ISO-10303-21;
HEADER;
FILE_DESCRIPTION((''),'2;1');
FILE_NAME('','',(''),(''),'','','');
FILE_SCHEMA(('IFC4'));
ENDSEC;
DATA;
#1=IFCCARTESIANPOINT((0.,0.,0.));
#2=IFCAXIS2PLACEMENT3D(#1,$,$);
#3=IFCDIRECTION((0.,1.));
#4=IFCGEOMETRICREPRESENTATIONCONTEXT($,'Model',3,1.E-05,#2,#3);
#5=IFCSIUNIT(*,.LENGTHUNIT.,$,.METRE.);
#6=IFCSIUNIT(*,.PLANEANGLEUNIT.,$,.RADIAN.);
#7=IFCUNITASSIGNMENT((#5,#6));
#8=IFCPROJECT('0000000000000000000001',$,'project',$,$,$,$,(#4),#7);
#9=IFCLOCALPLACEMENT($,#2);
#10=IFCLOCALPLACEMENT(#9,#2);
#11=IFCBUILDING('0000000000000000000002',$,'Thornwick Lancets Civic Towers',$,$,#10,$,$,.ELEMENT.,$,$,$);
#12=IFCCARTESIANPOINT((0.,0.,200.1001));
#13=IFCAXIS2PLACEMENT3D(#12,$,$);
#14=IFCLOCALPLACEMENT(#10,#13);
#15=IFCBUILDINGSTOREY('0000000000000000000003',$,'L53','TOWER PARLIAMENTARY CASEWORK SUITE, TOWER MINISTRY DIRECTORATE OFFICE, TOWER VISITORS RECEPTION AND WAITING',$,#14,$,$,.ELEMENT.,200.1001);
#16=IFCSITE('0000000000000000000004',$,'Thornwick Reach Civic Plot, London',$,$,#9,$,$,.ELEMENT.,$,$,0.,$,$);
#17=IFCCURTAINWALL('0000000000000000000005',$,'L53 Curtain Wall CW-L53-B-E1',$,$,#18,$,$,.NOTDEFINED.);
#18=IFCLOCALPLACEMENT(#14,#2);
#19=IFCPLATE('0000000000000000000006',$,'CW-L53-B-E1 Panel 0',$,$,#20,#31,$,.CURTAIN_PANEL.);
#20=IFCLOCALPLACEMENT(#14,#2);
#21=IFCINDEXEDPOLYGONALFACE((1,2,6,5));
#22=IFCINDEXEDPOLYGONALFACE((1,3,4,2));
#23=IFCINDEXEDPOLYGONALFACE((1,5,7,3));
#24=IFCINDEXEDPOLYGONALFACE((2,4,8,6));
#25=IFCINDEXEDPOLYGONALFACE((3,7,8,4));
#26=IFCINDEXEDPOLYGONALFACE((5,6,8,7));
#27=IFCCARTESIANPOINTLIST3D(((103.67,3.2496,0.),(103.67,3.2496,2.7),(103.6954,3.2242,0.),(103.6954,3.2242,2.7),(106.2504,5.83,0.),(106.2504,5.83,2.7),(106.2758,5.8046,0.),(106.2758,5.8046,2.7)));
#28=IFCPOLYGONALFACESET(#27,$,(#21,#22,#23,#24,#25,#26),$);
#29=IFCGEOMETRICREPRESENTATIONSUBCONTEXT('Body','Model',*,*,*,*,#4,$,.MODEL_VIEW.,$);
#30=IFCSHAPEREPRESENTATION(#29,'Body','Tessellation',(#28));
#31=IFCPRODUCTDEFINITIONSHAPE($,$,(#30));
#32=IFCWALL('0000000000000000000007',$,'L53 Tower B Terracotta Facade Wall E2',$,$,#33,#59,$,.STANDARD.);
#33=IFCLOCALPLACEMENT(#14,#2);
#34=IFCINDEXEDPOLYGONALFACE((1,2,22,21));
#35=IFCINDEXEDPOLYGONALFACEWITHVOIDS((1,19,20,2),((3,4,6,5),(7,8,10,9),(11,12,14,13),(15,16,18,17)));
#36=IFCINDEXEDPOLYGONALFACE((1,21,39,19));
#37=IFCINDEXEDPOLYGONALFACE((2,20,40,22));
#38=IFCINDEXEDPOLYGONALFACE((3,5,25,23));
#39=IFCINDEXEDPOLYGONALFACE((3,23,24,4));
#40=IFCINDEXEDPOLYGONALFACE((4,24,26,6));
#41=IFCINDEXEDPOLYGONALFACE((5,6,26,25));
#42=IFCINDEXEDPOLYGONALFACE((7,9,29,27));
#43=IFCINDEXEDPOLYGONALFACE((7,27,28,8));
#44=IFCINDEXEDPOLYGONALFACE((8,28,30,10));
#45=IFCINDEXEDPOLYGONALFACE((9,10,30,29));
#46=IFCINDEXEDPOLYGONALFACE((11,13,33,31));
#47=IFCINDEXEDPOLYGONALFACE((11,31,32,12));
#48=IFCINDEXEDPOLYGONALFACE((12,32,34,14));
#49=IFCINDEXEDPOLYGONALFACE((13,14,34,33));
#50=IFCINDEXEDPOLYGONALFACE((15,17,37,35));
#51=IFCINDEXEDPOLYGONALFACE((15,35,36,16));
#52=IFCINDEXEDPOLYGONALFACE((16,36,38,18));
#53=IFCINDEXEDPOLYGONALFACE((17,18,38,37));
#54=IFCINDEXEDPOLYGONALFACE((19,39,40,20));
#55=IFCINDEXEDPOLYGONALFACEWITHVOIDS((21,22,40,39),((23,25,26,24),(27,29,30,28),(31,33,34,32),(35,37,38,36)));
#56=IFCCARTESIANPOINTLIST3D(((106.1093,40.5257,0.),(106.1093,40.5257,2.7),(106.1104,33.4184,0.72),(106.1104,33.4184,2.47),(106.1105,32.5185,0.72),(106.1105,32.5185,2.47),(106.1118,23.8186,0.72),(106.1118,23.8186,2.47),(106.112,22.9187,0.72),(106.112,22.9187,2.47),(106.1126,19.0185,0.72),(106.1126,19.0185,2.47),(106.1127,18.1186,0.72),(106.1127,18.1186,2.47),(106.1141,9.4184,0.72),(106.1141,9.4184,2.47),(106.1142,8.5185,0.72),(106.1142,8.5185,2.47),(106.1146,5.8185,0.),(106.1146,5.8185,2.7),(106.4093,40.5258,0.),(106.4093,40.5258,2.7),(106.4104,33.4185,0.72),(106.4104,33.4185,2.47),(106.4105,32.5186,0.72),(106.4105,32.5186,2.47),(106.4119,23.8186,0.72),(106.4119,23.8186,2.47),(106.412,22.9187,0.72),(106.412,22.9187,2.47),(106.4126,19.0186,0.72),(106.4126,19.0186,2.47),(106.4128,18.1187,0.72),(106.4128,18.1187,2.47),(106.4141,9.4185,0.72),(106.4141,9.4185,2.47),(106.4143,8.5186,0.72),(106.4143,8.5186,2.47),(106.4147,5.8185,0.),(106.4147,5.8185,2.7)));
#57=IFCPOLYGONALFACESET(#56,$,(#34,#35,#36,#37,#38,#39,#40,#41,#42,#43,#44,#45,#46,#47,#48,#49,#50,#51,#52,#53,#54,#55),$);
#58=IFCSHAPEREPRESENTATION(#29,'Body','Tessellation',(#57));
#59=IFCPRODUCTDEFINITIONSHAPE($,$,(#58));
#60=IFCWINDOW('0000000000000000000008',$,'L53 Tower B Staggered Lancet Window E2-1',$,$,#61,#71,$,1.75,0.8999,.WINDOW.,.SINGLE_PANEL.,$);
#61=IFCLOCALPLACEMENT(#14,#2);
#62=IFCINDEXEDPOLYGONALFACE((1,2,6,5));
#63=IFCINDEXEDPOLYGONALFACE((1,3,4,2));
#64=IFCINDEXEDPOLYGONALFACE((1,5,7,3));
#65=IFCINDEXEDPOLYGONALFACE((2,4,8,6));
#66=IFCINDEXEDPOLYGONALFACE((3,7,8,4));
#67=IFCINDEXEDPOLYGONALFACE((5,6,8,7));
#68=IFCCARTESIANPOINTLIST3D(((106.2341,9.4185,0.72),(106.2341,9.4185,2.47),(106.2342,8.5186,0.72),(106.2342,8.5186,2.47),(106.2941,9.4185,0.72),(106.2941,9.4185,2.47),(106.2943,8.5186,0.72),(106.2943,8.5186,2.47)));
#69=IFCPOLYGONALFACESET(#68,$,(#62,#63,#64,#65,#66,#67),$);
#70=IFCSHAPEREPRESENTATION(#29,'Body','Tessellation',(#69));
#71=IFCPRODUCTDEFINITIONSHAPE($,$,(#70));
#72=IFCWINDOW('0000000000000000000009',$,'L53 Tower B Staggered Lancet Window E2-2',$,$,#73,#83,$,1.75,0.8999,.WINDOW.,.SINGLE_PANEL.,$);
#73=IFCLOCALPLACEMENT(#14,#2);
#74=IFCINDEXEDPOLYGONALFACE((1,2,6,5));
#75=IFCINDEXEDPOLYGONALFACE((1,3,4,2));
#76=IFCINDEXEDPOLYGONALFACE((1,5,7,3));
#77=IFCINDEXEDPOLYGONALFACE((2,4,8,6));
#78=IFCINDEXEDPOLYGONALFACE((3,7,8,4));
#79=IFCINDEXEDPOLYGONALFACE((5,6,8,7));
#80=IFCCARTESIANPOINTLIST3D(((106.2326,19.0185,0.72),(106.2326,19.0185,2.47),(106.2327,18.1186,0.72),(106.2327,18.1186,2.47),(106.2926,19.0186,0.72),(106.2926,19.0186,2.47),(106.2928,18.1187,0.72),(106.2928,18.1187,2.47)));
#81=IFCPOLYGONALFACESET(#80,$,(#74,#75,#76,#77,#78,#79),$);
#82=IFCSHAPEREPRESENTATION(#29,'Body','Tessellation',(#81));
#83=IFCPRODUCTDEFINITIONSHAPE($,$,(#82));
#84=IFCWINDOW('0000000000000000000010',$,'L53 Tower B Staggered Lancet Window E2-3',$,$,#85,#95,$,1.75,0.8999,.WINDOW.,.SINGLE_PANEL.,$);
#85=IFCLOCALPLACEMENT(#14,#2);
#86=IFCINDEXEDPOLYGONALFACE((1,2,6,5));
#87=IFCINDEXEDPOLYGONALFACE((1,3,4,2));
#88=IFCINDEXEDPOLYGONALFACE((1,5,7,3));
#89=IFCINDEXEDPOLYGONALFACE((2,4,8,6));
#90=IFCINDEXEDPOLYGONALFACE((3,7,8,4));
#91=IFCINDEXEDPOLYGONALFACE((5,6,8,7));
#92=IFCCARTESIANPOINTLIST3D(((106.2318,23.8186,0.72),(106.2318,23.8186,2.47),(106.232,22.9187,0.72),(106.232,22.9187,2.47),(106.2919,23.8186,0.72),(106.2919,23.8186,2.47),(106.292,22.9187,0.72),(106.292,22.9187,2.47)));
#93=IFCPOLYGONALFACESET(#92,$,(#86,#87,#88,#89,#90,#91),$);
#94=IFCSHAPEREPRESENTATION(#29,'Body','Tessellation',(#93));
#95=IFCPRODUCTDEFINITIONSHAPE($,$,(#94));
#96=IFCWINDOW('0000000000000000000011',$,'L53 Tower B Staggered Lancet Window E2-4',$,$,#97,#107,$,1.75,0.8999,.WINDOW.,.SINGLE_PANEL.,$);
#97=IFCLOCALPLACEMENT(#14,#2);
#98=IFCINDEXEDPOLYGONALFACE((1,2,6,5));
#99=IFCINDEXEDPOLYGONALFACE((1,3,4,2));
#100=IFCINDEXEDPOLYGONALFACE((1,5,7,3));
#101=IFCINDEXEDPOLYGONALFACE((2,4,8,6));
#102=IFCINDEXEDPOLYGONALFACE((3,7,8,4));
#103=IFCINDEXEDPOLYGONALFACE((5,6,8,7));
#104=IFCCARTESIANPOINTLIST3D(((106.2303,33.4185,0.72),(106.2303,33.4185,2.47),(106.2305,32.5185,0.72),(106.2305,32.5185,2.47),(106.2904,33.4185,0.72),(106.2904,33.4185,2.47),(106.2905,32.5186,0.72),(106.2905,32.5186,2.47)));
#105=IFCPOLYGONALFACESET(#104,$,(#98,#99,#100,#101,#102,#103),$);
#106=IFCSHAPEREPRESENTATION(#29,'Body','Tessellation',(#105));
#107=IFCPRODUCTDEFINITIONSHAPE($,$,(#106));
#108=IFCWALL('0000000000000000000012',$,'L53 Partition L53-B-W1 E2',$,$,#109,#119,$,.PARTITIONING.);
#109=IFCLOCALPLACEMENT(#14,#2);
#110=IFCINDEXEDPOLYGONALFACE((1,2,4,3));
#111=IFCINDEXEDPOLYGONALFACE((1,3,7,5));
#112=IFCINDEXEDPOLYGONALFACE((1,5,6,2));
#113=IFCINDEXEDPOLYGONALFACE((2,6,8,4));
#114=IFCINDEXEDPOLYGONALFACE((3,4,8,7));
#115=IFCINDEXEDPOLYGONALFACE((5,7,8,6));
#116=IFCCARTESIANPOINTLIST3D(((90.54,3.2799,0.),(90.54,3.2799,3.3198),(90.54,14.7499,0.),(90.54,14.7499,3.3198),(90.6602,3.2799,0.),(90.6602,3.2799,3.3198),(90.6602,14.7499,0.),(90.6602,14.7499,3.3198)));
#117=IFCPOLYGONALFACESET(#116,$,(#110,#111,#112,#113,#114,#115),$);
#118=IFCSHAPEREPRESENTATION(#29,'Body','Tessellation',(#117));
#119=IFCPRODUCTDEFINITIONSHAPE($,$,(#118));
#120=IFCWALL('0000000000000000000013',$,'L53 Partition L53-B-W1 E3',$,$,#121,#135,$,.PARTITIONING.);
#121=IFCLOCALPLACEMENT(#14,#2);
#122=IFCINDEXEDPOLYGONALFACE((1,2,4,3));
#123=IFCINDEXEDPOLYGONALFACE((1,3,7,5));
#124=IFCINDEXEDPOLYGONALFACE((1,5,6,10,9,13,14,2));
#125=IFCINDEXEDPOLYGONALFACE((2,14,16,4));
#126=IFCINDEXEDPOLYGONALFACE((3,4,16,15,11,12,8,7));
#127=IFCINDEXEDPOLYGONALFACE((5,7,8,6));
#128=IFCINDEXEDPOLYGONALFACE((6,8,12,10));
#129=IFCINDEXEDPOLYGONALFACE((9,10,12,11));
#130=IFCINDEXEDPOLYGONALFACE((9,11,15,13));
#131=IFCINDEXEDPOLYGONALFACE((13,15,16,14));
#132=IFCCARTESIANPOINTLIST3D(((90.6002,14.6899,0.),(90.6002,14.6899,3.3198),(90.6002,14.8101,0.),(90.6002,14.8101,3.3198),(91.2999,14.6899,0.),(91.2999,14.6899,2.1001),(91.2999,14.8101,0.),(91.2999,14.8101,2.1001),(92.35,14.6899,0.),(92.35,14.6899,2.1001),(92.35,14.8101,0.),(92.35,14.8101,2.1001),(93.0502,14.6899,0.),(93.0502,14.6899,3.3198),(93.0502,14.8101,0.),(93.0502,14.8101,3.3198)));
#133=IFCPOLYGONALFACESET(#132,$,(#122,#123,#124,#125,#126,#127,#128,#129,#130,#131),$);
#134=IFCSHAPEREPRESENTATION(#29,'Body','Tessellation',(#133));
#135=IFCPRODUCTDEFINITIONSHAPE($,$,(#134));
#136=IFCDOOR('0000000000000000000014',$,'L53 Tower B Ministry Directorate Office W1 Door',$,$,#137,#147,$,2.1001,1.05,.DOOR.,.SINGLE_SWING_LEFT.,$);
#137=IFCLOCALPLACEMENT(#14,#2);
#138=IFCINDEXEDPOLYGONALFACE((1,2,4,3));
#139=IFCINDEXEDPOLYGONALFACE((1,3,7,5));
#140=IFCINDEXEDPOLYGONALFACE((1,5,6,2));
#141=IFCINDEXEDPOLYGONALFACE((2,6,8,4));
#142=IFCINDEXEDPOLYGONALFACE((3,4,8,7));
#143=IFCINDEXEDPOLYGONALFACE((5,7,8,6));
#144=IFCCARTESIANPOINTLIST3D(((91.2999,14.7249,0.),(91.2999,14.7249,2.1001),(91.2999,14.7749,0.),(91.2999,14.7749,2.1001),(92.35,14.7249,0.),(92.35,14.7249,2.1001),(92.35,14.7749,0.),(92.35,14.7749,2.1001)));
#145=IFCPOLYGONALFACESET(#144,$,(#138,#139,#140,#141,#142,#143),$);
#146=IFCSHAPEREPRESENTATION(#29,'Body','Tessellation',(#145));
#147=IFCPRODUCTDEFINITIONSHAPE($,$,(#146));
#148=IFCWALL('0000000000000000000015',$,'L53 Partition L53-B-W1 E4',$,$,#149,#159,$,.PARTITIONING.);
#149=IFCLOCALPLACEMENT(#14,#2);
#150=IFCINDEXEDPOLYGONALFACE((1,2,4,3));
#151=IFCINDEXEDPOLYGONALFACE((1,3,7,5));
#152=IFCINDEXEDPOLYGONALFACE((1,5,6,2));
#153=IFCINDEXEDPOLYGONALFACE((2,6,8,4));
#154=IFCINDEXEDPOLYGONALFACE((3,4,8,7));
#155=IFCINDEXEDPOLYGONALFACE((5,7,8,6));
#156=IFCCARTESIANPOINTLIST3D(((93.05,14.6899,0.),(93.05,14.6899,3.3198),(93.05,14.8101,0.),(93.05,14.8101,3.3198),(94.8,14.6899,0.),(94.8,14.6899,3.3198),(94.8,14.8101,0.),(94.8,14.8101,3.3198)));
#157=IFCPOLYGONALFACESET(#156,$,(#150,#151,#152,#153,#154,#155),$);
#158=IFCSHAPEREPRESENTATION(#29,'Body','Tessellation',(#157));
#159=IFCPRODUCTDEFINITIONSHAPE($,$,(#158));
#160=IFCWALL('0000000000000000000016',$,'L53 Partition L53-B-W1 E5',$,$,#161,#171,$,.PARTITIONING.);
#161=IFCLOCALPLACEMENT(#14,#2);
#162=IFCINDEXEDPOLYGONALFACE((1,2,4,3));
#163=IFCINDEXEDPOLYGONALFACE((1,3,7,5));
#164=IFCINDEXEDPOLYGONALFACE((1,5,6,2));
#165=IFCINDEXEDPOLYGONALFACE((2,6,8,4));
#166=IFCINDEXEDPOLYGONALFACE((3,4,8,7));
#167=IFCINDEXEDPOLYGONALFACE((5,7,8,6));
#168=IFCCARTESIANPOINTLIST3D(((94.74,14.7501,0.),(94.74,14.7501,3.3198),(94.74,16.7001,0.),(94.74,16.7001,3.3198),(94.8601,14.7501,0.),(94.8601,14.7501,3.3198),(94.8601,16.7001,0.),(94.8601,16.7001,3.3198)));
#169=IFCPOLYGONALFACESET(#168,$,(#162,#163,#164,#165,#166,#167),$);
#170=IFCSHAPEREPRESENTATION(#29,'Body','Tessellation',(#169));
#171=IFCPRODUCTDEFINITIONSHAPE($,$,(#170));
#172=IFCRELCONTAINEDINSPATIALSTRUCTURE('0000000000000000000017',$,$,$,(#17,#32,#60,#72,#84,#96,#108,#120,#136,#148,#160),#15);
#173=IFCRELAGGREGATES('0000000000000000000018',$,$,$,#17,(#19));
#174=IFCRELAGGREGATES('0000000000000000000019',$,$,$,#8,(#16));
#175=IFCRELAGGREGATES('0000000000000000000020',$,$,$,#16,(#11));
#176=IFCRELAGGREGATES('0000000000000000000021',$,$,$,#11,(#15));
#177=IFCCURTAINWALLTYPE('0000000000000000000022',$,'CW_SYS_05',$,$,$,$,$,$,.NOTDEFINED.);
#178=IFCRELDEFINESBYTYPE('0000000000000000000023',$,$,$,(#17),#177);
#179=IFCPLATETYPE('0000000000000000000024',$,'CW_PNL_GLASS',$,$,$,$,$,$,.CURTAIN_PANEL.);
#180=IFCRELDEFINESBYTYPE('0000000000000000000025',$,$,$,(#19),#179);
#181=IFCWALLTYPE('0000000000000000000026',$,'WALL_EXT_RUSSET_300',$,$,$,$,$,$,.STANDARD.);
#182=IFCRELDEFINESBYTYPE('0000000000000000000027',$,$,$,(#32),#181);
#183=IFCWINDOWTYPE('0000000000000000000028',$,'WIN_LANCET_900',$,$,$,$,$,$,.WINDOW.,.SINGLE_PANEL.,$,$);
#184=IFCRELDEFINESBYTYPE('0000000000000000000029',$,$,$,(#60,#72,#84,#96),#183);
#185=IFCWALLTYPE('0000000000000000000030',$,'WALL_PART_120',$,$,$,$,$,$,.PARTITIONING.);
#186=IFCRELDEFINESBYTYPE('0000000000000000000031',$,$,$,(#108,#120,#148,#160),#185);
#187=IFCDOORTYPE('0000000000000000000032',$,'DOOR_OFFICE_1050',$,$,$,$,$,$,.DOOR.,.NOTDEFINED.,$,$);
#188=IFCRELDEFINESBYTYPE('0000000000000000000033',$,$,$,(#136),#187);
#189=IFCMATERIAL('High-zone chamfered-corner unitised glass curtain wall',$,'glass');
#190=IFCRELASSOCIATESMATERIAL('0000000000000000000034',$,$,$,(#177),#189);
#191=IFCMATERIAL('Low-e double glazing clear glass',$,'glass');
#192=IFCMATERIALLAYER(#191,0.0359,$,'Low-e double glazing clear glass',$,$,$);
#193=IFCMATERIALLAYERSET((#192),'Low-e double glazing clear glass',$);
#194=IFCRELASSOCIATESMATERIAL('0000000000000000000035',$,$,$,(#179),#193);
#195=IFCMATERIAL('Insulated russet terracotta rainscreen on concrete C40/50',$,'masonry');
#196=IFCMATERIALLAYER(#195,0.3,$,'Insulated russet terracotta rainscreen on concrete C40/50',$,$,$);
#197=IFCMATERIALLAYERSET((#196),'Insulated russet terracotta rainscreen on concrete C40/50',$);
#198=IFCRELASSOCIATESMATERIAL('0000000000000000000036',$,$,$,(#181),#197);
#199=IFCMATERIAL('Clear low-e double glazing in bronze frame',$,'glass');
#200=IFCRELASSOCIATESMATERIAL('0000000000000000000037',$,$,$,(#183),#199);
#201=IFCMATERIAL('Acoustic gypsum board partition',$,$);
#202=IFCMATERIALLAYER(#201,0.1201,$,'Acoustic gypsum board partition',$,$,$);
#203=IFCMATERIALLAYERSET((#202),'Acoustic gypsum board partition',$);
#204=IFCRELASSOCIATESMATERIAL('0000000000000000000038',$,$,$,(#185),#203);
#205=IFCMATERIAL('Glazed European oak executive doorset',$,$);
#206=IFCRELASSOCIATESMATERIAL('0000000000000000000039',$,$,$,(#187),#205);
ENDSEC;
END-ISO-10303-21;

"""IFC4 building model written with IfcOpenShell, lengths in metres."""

from ifc_helpers import new_model, si_unit, direction, frame, frame_2d, origin, origin_2d, place, context, subcontext, project, spatial, rectangle, extrude, material, layer, layer_set, type_object, element, fill, aggregate, save


model = new_model("IFC4")

# Units and contexts
model_context = context("Model", 3, precision=1e-05, world=origin(), true_north=direction((0.0, 1.0)))
body_context = subcontext(model_context, "Body", "Model", "MODEL_VIEW")
ifc_project = project(units=[si_unit("LENGTHUNIT", "METRE"), si_unit("PLANEANGLEUNIT", "RADIAN")], contexts=[model_context])

# Site, building, storey
site_placement = place(None, origin())
site = spatial("IfcSite", under=ifc_project, at=site_placement, Name="Thornwick Reach Civic Plot, London", CompositionType="ELEMENT", RefElevation=0.0)
building_placement = place(site_placement, origin())
building = spatial("IfcBuilding", under=site, at=building_placement, Name="Thornwick Lancets Civic Towers", CompositionType="ELEMENT")
storey_placement = place(building_placement, frame((0.0, 0.0, 200.1001)))
storey = spatial("IfcBuildingStorey", under=building, at=storey_placement, Name="L53", Description="TOWER PARLIAMENTARY CASEWORK SUITE, TOWER MINISTRY DIRECTORATE OFFICE, TOWER VISITORS RECEPTION AND WAITING", CompositionType="ELEMENT", Elevation=200.1001)

# Curtain wall, plate
ifc_material_1 = material(Name="High-zone chamfered-corner unitised glass curtain wall", Category="glass")
curtain_wall_type = type_object("IfcCurtainWallType", Name="CW_SYS_05", PredefinedType="NOTDEFINED", material=ifc_material_1)
curtain_wall_placement = place(storey_placement, origin())
curtain_wall = element("IfcCurtainWall", 1, at=curtain_wall_placement, inside=storey, type_object=curtain_wall_type, Name="L53 Curtain Wall CW-L53-B-E1", PredefinedType="NOTDEFINED")
ifc_material_2 = material(Name="Low-e double glazing clear glass", Category="glass")
ifc_layer_1 = layer(ifc_material_2, 0.0359, Name="Low-e double glazing clear glass")
ifc_layer_set_1 = layer_set([ifc_layer_1], Name="Low-e double glazing clear glass")
plate_type = type_object("IfcPlateType", Name="CW_PNL_GLASS", PredefinedType="CURTAIN_PANEL", material=ifc_layer_set_1)
plate_placement = place(storey_placement, frame((104.9729, 4.5271, 0.0), z_axis=(0.0, 0.0, 1.0), x_axis=(0.707107, 0.707107, 0.0)))
plate = element("IfcPlate", 2, at=plate_placement, type_object=plate_type, Name="CW-L53-B-E1 Panel 0", PredefinedType="CURTAIN_PANEL", context=body_context, shape_type="SweptSolid", body=[
    extrude(rectangle(XDim=3.6492, YDim=0.0359, at=origin_2d()), origin(), (0.0, 0.0, 1.0), 2.7),
])
aggregate(curtain_wall, [plate])

# Wall, openings, windows
ifc_material_3 = material(Name="Insulated russet terracotta rainscreen on concrete C40/50", Category="masonry")
ifc_layer_2 = layer(ifc_material_3, 0.3, Name="Insulated russet terracotta rainscreen on concrete C40/50")
ifc_layer_set_2 = layer_set([ifc_layer_2], Name="Insulated russet terracotta rainscreen on concrete C40/50")
wall_type_1 = type_object("IfcWallType", Name="WALL_EXT_RUSSET_300", PredefinedType="STANDARD", material=ifc_layer_set_2)
wall_1_placement = place(storey_placement, frame((106.2646, 5.8186, 0.0), z_axis=(0.0, 0.0, 1.0), x_axis=(-0.000155, 1.0, 0.0)))
wall_1 = element("IfcWall", 3, at=wall_1_placement, inside=storey, type_object=wall_type_1, Name="L53 Tower B Terracotta Facade Wall E2", PredefinedType="STANDARD", context=body_context, shape_type="SweptSolid", body=[
    extrude(rectangle(XDim=34.7073, YDim=0.3, at=frame_2d((17.3535, 0.0))), origin(), (0.0, 0.0, 1.0), 2.7),
])
opening_1_placement = place(wall_1_placement, frame((2.7, 0.0, 0.72)))
opening_1 = element("IfcOpeningElement", 4, at=opening_1_placement, cuts=wall_1, PredefinedType="OPENING", context=body_context, shape_type="SweptSolid", body=[
    extrude(rectangle(XDim=0.8999, YDim=1.75, at=frame_2d((0.45, 0.875))), frame((0.0, 0.1602, 0.0), z_axis=(0.0, -1.0, 0.0), x_axis=(1.0, 0.0, 0.0)), (0.0, 0.0, 1.0), 0.3201),
])
opening_2_placement = place(wall_1_placement, frame((12.3, 0.0, 0.72)))
opening_2 = element("IfcOpeningElement", 5, at=opening_2_placement, cuts=wall_1, PredefinedType="OPENING", context=body_context, shape_type="SweptSolid", body=[
    extrude(rectangle(XDim=0.8999, YDim=1.75, at=frame_2d((0.45, 0.875))), frame((0.0, 0.1602, 0.0), z_axis=(0.0, -1.0, 0.0), x_axis=(1.0, 0.0, 0.0)), (0.0, 0.0, 1.0), 0.3201),
])
opening_3_placement = place(wall_1_placement, frame((17.1001, 0.0, 0.72)))
opening_3 = element("IfcOpeningElement", 6, at=opening_3_placement, cuts=wall_1, PredefinedType="OPENING", context=body_context, shape_type="SweptSolid", body=[
    extrude(rectangle(XDim=0.8999, YDim=1.75, at=frame_2d((0.45, 0.875))), frame((0.0, 0.1602, 0.0), z_axis=(0.0, -1.0, 0.0), x_axis=(1.0, 0.0, 0.0)), (0.0, 0.0, 1.0), 0.3201),
])
opening_4_placement = place(wall_1_placement, frame((26.7, 0.0, 0.72)))
opening_4 = element("IfcOpeningElement", 7, at=opening_4_placement, cuts=wall_1, PredefinedType="OPENING", context=body_context, shape_type="SweptSolid", body=[
    extrude(rectangle(XDim=0.8999, YDim=1.75, at=frame_2d((0.45, 0.875))), frame((0.0, 0.1602, 0.0), z_axis=(0.0, -1.0, 0.0), x_axis=(1.0, 0.0, 0.0)), (0.0, 0.0, 1.0), 0.3201),
])
ifc_material_4 = material(Name="Clear low-e double glazing in bronze frame", Category="glass")
window_type = type_object("IfcWindowType", Name="WIN_LANCET_900", PartitioningType="SINGLE_PANEL", PredefinedType="WINDOW", material=ifc_material_4)
window_1_placement = place(opening_1_placement, origin())
window_1 = element("IfcWindow", 8, at=window_1_placement, inside=storey, type_object=window_type, Name="L53 Tower B Staggered Lancet Window E2-1", OverallHeight=1.75, OverallWidth=0.8999, PartitioningType="SINGLE_PANEL", PredefinedType="WINDOW", context=body_context, shape_type="SweptSolid", body=[
    extrude(rectangle(XDim=0.8999, YDim=1.75, at=frame_2d((0.45, 0.875))), frame((0.0, 0.03, 0.0), z_axis=(0.0, -1.0, 0.0), x_axis=(1.0, 0.0, 0.0)), (0.0, 0.0, 1.0), 0.0601),
])
fill(opening_1, window_1)
window_2_placement = place(opening_2_placement, origin())
window_2 = element("IfcWindow", 9, at=window_2_placement, inside=storey, type_object=window_type, Name="L53 Tower B Staggered Lancet Window E2-2", OverallHeight=1.75, OverallWidth=0.8999, PartitioningType="SINGLE_PANEL", PredefinedType="WINDOW", context=body_context, shape_type="SweptSolid", body=[
    extrude(rectangle(XDim=0.8999, YDim=1.75, at=frame_2d((0.45, 0.875))), frame((0.0, 0.03, 0.0), z_axis=(0.0, -1.0, 0.0), x_axis=(1.0, 0.0, 0.0)), (0.0, 0.0, 1.0), 0.0601),
])
fill(opening_2, window_2)
window_3_placement = place(opening_3_placement, origin())
window_3 = element("IfcWindow", 10, at=window_3_placement, inside=storey, type_object=window_type, Name="L53 Tower B Staggered Lancet Window E2-3", OverallHeight=1.75, OverallWidth=0.8999, PartitioningType="SINGLE_PANEL", PredefinedType="WINDOW", context=body_context, shape_type="SweptSolid", body=[
    extrude(rectangle(XDim=0.8999, YDim=1.75, at=frame_2d((0.45, 0.875))), frame((0.0, 0.03, 0.0), z_axis=(0.0, -1.0, 0.0), x_axis=(1.0, 0.0, 0.0)), (0.0, 0.0, 1.0), 0.0601),
])
fill(opening_3, window_3)
window_4_placement = place(opening_4_placement, origin())
window_4 = element("IfcWindow", 11, at=window_4_placement, inside=storey, type_object=window_type, Name="L53 Tower B Staggered Lancet Window E2-4", OverallHeight=1.75, OverallWidth=0.8999, PartitioningType="SINGLE_PANEL", PredefinedType="WINDOW", context=body_context, shape_type="SweptSolid", body=[
    extrude(rectangle(XDim=0.8999, YDim=1.75, at=frame_2d((0.45, 0.875))), frame((0.0, 0.03, 0.0), z_axis=(0.0, -1.0, 0.0), x_axis=(1.0, 0.0, 0.0)), (0.0, 0.0, 1.0), 0.0601),
])
fill(opening_4, window_4)

# Wall
ifc_material_5 = material(Name="Acoustic gypsum board partition")
ifc_layer_3 = layer(ifc_material_5, 0.1201, Name="Acoustic gypsum board partition")
ifc_layer_set_3 = layer_set([ifc_layer_3], Name="Acoustic gypsum board partition")
wall_type_2 = type_object("IfcWallType", Name="WALL_PART_120", PredefinedType="PARTITIONING", material=ifc_layer_set_3)
wall_2_placement = place(storey_placement, frame((90.6001, 3.28, 0.0), z_axis=(0.0, 0.0, 1.0), x_axis=(0.0, 1.0, 0.0)))
element("IfcWall", 12, at=wall_2_placement, inside=storey, type_object=wall_type_2, Name="L53 Partition L53-B-W1 E2", PredefinedType="PARTITIONING", context=body_context, shape_type="SweptSolid", body=[
    extrude(rectangle(XDim=11.47, YDim=0.1201, at=frame_2d((5.7349, 0.0))), origin(), (0.0, 0.0, 1.0), 3.3198),
])

# Wall, opening, door
wall_3_placement = place(storey_placement, frame((90.6001, 14.75, 0.0), z_axis=(0.0, 0.0, 1.0), x_axis=(1.0, 0.0, 0.0)))
wall_3 = element("IfcWall", 13, at=wall_3_placement, inside=storey, type_object=wall_type_2, Name="L53 Partition L53-B-W1 E3", PredefinedType="PARTITIONING", context=body_context, shape_type="SweptSolid", body=[
    extrude(rectangle(XDim=2.45, YDim=0.1201, at=frame_2d((1.2251, 0.0))), origin(), (0.0, 0.0, 1.0), 3.3198),
])
opening_5_placement = place(wall_3_placement, frame((0.7, 0.0, 0.0)))
opening_5 = element("IfcOpeningElement", 14, at=opening_5_placement, cuts=wall_3, PredefinedType="OPENING", context=body_context, shape_type="SweptSolid", body=[
    extrude(rectangle(XDim=1.05, YDim=2.1001, at=frame_2d((0.5249, 1.05))), frame((0.0, 0.0701, 0.0), z_axis=(0.0, -1.0, 0.0), x_axis=(1.0, 0.0, 0.0)), (0.0, 0.0, 1.0), 0.1401),
])
ifc_material_6 = material(Name="Glazed European oak executive doorset")
door_type_1 = type_object("IfcDoorType", Name="DOOR_OFFICE_1050", OperationType="NOTDEFINED", PredefinedType="DOOR", material=ifc_material_6)
door_1_placement = place(opening_5_placement, origin())
door_1 = element("IfcDoor", 15, at=door_1_placement, inside=storey, type_object=door_type_1, Name="L53 Tower B Ministry Directorate Office W1 Door", OperationType="SINGLE_SWING_LEFT", OverallHeight=2.1001, OverallWidth=1.05, PredefinedType="DOOR", context=body_context, shape_type="SweptSolid", body=[
    extrude(rectangle(XDim=1.05, YDim=2.1001, at=frame_2d((0.5249, 1.05))), frame((0.0, 0.0249, 0.0), z_axis=(0.0, -1.0, 0.0), x_axis=(1.0, 0.0, 0.0)), (0.0, 0.0, 1.0), 0.05),
])
fill(opening_5, door_1)

# Walls
wall_4_placement = place(storey_placement, frame((93.05, 14.75, 0.0), z_axis=(0.0, 0.0, 1.0), x_axis=(1.0, 0.0, 0.0)))
element("IfcWall", 16, at=wall_4_placement, inside=storey, type_object=wall_type_2, Name="L53 Partition L53-B-W1 E4", PredefinedType="PARTITIONING", context=body_context, shape_type="SweptSolid", body=[
    extrude(rectangle(XDim=1.75, YDim=0.1201, at=frame_2d((0.875, 0.0))), origin(), (0.0, 0.0, 1.0), 3.3198),
])
wall_5_placement = place(storey_placement, frame((94.8, 14.75, 0.0), z_axis=(0.0, 0.0, 1.0), x_axis=(0.0, 1.0, 0.0)))
element("IfcWall", 17, at=wall_5_placement, inside=storey, type_object=wall_type_2, Name="L53 Partition L53-B-W1 E5", PredefinedType="PARTITIONING", context=body_context, shape_type="SweptSolid", body=[
    extrude(rectangle(XDim=1.95, YDim=0.1201, at=frame_2d((0.9751, 0.0))), origin(), (0.0, 0.0, 1.0), 3.3198),
])

save(model, "model.ifc")
